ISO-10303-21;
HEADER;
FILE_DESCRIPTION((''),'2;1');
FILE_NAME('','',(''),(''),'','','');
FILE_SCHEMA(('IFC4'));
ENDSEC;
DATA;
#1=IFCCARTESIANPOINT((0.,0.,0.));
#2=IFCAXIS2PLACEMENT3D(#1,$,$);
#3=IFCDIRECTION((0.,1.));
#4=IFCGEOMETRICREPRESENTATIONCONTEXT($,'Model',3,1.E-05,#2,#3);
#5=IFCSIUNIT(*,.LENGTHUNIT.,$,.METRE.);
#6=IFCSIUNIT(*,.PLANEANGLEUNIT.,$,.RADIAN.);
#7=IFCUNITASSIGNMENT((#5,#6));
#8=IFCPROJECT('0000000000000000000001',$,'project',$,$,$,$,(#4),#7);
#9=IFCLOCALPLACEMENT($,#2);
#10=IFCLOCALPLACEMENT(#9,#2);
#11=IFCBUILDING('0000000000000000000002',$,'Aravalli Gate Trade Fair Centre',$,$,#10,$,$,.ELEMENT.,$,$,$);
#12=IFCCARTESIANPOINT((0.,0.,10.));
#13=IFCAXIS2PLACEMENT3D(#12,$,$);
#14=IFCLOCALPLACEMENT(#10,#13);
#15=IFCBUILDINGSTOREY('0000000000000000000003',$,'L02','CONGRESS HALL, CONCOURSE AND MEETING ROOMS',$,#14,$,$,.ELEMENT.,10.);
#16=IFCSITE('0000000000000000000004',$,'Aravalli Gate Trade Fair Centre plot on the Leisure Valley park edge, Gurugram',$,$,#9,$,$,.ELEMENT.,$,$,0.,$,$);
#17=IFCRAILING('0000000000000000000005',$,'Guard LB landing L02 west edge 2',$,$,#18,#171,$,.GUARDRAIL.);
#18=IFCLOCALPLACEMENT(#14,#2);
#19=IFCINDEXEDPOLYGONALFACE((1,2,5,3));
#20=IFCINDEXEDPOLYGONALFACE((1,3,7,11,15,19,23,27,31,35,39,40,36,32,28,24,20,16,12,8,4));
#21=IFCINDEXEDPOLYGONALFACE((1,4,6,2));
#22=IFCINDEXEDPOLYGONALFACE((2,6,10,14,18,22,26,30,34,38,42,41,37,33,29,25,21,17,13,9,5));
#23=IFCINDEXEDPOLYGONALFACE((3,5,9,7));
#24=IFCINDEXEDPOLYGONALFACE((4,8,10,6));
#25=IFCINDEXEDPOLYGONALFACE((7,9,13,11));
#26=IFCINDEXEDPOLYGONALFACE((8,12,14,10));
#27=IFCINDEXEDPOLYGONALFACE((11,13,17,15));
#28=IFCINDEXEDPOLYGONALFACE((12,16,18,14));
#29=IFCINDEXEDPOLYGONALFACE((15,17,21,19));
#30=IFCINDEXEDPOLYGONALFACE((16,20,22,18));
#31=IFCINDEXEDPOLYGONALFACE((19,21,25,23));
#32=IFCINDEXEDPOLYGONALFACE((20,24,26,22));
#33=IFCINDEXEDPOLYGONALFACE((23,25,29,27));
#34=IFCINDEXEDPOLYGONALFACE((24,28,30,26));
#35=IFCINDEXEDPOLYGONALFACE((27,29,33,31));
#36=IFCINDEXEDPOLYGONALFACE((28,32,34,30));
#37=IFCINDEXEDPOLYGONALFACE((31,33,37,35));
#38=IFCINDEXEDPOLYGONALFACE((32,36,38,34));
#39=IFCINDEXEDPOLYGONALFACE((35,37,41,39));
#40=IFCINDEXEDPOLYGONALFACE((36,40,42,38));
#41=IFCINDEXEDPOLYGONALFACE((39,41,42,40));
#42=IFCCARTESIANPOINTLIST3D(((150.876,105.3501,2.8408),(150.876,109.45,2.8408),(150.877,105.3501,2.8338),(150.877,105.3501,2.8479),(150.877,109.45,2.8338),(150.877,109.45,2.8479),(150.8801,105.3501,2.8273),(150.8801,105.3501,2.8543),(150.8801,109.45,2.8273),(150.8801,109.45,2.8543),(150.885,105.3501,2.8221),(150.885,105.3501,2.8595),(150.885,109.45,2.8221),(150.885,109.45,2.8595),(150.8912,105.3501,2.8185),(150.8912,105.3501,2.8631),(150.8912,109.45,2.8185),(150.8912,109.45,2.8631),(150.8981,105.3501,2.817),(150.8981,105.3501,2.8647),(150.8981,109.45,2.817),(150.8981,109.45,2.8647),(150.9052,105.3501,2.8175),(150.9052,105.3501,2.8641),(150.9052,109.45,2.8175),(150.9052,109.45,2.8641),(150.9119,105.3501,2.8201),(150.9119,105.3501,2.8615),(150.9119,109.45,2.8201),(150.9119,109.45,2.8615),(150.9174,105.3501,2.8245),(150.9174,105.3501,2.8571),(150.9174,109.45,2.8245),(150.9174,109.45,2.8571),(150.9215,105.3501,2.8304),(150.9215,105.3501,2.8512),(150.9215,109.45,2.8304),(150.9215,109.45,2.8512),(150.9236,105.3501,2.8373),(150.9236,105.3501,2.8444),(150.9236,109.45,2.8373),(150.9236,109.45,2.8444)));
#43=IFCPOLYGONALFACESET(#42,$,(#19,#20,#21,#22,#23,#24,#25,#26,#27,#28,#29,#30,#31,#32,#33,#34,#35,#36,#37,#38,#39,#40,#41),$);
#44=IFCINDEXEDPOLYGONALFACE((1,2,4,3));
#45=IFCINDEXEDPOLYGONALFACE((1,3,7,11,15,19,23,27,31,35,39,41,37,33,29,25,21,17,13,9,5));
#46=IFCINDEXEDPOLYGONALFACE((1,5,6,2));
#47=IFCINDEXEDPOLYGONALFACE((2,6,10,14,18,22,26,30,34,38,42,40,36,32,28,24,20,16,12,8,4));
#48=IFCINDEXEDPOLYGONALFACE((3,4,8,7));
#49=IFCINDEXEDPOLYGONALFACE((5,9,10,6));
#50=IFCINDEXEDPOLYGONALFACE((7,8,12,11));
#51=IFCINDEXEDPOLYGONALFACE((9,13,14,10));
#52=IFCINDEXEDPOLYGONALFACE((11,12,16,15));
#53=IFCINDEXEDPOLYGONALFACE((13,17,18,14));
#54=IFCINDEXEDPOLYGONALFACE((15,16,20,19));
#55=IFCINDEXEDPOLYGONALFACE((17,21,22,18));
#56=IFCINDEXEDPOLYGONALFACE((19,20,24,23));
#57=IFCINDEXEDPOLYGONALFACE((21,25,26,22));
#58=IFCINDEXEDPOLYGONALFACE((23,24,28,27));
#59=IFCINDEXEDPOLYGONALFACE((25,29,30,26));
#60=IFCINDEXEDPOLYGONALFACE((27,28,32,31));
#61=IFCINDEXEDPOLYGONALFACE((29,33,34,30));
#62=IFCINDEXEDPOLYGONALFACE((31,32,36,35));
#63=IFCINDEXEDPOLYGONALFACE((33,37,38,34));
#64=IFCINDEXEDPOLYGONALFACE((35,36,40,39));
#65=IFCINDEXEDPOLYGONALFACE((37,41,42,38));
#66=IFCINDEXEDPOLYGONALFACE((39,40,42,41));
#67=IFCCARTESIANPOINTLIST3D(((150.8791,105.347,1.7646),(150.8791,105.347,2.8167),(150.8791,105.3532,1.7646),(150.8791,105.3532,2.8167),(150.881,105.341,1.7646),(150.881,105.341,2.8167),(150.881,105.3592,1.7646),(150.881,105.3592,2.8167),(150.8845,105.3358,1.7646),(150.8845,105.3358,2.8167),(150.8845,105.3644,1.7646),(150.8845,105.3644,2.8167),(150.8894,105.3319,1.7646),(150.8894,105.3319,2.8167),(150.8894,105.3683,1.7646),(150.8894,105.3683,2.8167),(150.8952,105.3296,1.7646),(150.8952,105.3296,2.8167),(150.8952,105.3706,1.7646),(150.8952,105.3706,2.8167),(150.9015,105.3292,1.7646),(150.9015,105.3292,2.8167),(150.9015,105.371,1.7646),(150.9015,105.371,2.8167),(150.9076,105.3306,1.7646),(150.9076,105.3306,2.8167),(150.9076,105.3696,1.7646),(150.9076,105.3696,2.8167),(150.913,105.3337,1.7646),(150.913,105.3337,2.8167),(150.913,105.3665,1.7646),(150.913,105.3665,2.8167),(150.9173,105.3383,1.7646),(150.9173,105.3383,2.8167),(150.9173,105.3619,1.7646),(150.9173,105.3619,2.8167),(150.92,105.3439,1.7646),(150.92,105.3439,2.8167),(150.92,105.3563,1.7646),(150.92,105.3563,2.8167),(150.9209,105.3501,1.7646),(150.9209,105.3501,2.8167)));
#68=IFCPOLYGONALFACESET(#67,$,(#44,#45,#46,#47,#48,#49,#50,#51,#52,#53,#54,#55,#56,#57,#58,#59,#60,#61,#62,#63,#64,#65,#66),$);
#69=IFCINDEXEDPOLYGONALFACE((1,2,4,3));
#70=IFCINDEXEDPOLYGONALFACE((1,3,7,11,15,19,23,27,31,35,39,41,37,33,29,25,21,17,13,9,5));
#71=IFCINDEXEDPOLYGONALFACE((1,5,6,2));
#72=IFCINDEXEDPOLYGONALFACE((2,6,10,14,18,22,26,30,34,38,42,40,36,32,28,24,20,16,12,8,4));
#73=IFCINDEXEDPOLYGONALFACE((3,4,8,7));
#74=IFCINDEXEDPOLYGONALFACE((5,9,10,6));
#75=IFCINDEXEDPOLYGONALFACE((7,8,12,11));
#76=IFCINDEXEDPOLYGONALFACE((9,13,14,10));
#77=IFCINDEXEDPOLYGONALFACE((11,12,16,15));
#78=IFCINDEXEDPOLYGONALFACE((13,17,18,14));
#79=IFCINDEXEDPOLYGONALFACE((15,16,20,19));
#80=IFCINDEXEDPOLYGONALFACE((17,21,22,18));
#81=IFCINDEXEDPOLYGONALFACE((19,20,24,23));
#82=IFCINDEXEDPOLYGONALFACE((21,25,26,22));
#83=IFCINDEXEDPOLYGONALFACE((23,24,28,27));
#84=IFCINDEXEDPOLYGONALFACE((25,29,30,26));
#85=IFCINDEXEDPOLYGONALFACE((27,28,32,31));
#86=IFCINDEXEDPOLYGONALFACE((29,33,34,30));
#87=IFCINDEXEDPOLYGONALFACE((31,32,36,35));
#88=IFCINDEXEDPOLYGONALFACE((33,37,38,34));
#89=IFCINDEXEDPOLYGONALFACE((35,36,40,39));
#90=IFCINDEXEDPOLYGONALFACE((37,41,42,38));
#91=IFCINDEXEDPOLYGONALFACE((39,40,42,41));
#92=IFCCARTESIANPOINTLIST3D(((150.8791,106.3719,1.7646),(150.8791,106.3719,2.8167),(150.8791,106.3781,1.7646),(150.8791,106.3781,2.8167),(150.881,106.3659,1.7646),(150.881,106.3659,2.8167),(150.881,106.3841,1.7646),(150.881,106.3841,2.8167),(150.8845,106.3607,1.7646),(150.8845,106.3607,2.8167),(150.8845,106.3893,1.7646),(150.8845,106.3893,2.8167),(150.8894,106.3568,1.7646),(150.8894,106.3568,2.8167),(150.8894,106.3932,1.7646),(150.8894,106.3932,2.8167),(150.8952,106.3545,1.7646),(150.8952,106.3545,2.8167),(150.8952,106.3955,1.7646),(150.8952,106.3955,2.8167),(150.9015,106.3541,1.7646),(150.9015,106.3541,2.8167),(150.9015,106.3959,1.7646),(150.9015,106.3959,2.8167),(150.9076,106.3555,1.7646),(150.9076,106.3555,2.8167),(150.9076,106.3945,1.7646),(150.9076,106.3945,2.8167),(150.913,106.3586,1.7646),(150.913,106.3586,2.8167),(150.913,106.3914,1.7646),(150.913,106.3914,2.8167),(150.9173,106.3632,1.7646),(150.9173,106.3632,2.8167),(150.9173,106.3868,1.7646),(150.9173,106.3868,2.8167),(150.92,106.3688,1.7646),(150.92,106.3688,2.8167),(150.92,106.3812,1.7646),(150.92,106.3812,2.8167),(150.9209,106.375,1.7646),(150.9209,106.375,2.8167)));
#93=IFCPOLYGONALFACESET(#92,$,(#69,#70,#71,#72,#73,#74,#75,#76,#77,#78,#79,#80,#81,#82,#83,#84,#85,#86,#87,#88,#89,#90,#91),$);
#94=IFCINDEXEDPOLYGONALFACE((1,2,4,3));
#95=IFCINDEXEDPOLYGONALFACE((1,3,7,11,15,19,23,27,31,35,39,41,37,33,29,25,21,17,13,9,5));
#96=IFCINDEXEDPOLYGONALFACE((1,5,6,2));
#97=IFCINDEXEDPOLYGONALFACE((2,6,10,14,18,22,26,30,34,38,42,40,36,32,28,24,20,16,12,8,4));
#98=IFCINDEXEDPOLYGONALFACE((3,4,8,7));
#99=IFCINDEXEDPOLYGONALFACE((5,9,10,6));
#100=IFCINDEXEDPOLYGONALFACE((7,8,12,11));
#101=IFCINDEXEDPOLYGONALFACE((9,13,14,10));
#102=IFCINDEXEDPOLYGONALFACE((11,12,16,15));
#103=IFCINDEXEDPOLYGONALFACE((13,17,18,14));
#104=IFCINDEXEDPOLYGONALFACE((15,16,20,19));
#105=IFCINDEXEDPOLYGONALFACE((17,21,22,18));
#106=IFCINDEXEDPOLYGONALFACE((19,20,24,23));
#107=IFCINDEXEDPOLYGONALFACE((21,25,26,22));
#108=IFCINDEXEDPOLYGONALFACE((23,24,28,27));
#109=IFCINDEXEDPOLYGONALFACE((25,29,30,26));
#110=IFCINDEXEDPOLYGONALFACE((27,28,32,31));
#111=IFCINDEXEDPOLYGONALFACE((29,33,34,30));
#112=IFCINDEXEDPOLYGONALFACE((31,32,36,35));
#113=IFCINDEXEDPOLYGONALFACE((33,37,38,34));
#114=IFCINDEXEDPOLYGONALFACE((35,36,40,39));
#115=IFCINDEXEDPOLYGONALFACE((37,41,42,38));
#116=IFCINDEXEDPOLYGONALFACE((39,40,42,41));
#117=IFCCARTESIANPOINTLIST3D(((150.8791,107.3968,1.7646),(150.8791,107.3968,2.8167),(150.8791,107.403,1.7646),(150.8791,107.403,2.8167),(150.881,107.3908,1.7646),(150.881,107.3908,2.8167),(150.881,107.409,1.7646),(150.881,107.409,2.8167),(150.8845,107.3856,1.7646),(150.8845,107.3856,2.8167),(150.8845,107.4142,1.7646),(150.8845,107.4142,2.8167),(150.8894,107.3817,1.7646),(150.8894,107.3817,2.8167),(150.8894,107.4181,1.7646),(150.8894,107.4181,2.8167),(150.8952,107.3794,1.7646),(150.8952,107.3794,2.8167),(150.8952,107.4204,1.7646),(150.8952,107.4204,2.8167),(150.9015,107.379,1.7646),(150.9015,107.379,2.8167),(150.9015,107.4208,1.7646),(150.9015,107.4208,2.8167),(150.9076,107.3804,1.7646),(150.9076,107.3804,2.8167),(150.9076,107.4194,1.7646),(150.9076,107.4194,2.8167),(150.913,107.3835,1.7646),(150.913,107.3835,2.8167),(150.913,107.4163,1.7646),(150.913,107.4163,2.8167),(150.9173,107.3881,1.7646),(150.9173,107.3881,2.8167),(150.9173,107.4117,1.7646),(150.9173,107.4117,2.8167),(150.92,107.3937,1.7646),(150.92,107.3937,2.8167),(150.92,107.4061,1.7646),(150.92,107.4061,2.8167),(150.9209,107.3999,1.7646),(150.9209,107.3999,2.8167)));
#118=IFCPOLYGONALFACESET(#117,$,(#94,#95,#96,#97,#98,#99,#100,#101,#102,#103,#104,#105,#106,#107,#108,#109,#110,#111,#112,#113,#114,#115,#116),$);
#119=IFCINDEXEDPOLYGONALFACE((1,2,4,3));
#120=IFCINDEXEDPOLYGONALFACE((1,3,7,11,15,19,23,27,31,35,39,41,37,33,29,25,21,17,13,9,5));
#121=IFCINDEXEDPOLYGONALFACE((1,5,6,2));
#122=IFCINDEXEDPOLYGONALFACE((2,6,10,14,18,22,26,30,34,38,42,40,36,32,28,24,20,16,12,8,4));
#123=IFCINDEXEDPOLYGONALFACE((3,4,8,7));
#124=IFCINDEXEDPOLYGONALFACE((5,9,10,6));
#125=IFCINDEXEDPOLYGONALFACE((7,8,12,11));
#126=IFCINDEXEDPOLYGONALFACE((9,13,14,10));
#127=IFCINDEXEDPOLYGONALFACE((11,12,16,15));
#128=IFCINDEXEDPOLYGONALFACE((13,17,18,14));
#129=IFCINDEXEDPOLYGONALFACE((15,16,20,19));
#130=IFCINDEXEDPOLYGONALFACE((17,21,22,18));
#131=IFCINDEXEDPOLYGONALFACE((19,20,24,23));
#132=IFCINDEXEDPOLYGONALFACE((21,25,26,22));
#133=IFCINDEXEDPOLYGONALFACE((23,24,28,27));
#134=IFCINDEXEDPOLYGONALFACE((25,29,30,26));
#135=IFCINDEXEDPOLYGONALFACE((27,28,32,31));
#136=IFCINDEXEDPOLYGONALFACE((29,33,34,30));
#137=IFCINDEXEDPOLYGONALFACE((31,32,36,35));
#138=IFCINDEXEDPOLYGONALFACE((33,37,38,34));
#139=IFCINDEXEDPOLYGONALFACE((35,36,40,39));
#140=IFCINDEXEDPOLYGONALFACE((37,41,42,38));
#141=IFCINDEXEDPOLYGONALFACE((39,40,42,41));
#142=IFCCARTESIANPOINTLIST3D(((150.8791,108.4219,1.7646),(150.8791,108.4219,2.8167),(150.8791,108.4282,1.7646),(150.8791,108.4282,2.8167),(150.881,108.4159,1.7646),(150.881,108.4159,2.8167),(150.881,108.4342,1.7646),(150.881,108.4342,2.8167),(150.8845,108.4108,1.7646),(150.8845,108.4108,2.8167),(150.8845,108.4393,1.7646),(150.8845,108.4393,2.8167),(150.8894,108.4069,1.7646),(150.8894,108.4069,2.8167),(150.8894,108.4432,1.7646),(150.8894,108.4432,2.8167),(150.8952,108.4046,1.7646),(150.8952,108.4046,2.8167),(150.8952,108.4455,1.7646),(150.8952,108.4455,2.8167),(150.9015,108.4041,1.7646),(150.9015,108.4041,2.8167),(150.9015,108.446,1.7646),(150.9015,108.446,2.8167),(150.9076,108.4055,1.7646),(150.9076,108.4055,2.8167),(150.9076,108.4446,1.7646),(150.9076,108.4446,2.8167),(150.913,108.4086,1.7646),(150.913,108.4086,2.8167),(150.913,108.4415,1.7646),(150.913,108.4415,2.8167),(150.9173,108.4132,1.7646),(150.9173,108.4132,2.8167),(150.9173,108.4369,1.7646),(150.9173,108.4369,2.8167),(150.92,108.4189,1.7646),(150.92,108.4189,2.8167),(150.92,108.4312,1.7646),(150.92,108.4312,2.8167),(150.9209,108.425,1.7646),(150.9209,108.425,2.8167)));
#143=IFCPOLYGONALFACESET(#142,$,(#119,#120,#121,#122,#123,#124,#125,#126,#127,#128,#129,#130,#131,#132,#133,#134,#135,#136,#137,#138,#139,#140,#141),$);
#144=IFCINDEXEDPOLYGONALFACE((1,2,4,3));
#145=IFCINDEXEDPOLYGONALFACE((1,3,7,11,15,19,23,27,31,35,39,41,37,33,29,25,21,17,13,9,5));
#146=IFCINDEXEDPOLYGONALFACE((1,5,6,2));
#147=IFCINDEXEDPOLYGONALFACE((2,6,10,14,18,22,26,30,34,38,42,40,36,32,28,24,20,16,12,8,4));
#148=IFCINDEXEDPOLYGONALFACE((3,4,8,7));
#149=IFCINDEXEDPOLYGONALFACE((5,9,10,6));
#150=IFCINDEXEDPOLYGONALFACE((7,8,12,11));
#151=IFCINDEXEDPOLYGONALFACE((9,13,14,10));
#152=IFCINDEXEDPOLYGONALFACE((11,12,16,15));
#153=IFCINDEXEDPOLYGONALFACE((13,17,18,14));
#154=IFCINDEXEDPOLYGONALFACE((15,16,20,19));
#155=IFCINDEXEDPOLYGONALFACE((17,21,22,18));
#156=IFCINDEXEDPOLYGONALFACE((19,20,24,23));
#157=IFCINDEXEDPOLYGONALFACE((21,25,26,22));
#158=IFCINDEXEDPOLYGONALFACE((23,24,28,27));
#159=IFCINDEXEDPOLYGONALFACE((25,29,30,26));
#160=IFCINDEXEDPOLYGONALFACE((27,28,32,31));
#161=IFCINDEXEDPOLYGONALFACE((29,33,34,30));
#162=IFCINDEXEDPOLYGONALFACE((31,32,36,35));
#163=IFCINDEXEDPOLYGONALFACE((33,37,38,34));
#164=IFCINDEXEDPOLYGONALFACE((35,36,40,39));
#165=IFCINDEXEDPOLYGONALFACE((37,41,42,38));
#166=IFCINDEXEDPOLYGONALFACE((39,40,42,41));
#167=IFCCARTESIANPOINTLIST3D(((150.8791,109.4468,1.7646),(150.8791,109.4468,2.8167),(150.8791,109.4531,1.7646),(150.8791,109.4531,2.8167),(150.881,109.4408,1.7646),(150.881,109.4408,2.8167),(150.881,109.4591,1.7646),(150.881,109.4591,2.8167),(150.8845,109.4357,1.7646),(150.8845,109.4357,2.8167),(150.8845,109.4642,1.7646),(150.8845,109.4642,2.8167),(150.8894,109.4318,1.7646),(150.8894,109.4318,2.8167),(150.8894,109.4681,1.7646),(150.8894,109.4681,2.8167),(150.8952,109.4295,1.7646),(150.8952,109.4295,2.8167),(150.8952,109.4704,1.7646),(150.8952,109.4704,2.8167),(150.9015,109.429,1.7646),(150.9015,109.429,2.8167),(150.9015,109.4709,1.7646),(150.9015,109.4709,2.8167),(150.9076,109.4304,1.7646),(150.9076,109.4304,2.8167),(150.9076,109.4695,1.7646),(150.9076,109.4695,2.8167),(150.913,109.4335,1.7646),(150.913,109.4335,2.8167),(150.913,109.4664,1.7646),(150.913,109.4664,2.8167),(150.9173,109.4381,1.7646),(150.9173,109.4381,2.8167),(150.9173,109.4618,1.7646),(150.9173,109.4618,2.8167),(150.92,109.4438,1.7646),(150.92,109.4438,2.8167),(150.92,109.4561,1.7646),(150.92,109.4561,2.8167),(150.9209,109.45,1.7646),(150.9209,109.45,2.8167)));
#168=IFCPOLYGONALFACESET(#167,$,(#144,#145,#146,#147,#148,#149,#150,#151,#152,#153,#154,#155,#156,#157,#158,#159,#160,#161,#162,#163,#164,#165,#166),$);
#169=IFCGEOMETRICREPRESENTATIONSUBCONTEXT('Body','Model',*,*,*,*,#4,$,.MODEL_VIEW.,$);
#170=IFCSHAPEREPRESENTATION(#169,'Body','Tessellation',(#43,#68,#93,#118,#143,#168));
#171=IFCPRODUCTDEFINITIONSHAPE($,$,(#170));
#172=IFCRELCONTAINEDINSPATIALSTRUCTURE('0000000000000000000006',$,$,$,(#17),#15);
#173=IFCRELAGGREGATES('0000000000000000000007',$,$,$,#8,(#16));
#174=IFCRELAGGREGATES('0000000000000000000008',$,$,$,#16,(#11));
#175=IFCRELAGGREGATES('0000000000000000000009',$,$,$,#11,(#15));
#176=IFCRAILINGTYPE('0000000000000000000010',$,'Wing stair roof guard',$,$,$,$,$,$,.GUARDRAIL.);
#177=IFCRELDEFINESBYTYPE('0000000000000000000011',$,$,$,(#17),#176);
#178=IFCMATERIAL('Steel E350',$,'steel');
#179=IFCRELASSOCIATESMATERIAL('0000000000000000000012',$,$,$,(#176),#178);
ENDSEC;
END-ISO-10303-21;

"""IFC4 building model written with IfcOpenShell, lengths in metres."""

from ifc_helpers import new_model, si_unit, direction, frame, origin, origin_2d, place, context, subcontext, project, spatial, circle, extrude, material, type_object, element, save


model = new_model("IFC4")

# Units and contexts
model_context = context("Model", 3, precision=1e-05, world=origin(), true_north=direction((0.0, 1.0)))
body_context = subcontext(model_context, "Body", "Model", "MODEL_VIEW")
ifc_project = project(units=[si_unit("LENGTHUNIT", "METRE"), si_unit("PLANEANGLEUNIT", "RADIAN")], contexts=[model_context])

# Site, building, storey
site_placement = place(None, origin())
site = spatial("IfcSite", under=ifc_project, at=site_placement, Name="Aravalli Gate Trade Fair Centre plot on the Leisure Valley park edge, Gurugram", CompositionType="ELEMENT", RefElevation=0.0)
building_placement = place(site_placement, origin())
building = spatial("IfcBuilding", under=site, at=building_placement, Name="Aravalli Gate Trade Fair Centre", CompositionType="ELEMENT")
storey_placement = place(building_placement, frame((0.0, 0.0, 10.0)))
storey = spatial("IfcBuildingStorey", under=building, at=storey_placement, Name="L02", Description="CONGRESS HALL, CONCOURSE AND MEETING ROOMS", CompositionType="ELEMENT", Elevation=10.0)

# Shared definitions
ifc_material_1 = material(Name="Steel E350", Category="steel")

# Railing
railing_type_1 = type_object("IfcRailingType", Name="Wing stair roof guard", PredefinedType="GUARDRAIL", material=ifc_material_1)
railing_1_placement = place(storey_placement, frame((150.8999, 105.3501, 1.7646)))
element("IfcRailing", 1, at=railing_1_placement, inside=storey, type_object=railing_type_1, Name="Guard LB landing L02 west edge 2", PredefinedType="GUARDRAIL", context=body_context, shape_type="SweptSolid", body=[
    extrude(circle(Radius=0.0239, at=origin_2d()), frame((0.0, 0.0, 1.0762), z_axis=(0.0, 1.0, 0.0), x_axis=(-1.0, 0.0, 0.0)), (0.0, 0.0, 1.0), 4.0999),
    extrude(circle(Radius=0.021, at=origin_2d()), origin(), (0.0, 0.0, 1.0), 1.052),
    extrude(circle(Radius=0.021, at=origin_2d()), frame((0.0, 1.0249, 0.0)), (0.0, 0.0, 1.0), 1.052),
    extrude(circle(Radius=0.021, at=origin_2d()), frame((0.0, 2.0498, 0.0)), (0.0, 0.0, 1.0), 1.052),
    extrude(circle(Radius=0.021, at=origin_2d()), frame((0.0, 3.075, 0.0)), (0.0, 0.0, 1.0), 1.052),
    extrude(circle(Radius=0.021, at=origin_2d()), frame((0.0, 4.0999, 0.0)), (0.0, 0.0, 1.0), 1.052),
])

save(model, "model.ifc")
